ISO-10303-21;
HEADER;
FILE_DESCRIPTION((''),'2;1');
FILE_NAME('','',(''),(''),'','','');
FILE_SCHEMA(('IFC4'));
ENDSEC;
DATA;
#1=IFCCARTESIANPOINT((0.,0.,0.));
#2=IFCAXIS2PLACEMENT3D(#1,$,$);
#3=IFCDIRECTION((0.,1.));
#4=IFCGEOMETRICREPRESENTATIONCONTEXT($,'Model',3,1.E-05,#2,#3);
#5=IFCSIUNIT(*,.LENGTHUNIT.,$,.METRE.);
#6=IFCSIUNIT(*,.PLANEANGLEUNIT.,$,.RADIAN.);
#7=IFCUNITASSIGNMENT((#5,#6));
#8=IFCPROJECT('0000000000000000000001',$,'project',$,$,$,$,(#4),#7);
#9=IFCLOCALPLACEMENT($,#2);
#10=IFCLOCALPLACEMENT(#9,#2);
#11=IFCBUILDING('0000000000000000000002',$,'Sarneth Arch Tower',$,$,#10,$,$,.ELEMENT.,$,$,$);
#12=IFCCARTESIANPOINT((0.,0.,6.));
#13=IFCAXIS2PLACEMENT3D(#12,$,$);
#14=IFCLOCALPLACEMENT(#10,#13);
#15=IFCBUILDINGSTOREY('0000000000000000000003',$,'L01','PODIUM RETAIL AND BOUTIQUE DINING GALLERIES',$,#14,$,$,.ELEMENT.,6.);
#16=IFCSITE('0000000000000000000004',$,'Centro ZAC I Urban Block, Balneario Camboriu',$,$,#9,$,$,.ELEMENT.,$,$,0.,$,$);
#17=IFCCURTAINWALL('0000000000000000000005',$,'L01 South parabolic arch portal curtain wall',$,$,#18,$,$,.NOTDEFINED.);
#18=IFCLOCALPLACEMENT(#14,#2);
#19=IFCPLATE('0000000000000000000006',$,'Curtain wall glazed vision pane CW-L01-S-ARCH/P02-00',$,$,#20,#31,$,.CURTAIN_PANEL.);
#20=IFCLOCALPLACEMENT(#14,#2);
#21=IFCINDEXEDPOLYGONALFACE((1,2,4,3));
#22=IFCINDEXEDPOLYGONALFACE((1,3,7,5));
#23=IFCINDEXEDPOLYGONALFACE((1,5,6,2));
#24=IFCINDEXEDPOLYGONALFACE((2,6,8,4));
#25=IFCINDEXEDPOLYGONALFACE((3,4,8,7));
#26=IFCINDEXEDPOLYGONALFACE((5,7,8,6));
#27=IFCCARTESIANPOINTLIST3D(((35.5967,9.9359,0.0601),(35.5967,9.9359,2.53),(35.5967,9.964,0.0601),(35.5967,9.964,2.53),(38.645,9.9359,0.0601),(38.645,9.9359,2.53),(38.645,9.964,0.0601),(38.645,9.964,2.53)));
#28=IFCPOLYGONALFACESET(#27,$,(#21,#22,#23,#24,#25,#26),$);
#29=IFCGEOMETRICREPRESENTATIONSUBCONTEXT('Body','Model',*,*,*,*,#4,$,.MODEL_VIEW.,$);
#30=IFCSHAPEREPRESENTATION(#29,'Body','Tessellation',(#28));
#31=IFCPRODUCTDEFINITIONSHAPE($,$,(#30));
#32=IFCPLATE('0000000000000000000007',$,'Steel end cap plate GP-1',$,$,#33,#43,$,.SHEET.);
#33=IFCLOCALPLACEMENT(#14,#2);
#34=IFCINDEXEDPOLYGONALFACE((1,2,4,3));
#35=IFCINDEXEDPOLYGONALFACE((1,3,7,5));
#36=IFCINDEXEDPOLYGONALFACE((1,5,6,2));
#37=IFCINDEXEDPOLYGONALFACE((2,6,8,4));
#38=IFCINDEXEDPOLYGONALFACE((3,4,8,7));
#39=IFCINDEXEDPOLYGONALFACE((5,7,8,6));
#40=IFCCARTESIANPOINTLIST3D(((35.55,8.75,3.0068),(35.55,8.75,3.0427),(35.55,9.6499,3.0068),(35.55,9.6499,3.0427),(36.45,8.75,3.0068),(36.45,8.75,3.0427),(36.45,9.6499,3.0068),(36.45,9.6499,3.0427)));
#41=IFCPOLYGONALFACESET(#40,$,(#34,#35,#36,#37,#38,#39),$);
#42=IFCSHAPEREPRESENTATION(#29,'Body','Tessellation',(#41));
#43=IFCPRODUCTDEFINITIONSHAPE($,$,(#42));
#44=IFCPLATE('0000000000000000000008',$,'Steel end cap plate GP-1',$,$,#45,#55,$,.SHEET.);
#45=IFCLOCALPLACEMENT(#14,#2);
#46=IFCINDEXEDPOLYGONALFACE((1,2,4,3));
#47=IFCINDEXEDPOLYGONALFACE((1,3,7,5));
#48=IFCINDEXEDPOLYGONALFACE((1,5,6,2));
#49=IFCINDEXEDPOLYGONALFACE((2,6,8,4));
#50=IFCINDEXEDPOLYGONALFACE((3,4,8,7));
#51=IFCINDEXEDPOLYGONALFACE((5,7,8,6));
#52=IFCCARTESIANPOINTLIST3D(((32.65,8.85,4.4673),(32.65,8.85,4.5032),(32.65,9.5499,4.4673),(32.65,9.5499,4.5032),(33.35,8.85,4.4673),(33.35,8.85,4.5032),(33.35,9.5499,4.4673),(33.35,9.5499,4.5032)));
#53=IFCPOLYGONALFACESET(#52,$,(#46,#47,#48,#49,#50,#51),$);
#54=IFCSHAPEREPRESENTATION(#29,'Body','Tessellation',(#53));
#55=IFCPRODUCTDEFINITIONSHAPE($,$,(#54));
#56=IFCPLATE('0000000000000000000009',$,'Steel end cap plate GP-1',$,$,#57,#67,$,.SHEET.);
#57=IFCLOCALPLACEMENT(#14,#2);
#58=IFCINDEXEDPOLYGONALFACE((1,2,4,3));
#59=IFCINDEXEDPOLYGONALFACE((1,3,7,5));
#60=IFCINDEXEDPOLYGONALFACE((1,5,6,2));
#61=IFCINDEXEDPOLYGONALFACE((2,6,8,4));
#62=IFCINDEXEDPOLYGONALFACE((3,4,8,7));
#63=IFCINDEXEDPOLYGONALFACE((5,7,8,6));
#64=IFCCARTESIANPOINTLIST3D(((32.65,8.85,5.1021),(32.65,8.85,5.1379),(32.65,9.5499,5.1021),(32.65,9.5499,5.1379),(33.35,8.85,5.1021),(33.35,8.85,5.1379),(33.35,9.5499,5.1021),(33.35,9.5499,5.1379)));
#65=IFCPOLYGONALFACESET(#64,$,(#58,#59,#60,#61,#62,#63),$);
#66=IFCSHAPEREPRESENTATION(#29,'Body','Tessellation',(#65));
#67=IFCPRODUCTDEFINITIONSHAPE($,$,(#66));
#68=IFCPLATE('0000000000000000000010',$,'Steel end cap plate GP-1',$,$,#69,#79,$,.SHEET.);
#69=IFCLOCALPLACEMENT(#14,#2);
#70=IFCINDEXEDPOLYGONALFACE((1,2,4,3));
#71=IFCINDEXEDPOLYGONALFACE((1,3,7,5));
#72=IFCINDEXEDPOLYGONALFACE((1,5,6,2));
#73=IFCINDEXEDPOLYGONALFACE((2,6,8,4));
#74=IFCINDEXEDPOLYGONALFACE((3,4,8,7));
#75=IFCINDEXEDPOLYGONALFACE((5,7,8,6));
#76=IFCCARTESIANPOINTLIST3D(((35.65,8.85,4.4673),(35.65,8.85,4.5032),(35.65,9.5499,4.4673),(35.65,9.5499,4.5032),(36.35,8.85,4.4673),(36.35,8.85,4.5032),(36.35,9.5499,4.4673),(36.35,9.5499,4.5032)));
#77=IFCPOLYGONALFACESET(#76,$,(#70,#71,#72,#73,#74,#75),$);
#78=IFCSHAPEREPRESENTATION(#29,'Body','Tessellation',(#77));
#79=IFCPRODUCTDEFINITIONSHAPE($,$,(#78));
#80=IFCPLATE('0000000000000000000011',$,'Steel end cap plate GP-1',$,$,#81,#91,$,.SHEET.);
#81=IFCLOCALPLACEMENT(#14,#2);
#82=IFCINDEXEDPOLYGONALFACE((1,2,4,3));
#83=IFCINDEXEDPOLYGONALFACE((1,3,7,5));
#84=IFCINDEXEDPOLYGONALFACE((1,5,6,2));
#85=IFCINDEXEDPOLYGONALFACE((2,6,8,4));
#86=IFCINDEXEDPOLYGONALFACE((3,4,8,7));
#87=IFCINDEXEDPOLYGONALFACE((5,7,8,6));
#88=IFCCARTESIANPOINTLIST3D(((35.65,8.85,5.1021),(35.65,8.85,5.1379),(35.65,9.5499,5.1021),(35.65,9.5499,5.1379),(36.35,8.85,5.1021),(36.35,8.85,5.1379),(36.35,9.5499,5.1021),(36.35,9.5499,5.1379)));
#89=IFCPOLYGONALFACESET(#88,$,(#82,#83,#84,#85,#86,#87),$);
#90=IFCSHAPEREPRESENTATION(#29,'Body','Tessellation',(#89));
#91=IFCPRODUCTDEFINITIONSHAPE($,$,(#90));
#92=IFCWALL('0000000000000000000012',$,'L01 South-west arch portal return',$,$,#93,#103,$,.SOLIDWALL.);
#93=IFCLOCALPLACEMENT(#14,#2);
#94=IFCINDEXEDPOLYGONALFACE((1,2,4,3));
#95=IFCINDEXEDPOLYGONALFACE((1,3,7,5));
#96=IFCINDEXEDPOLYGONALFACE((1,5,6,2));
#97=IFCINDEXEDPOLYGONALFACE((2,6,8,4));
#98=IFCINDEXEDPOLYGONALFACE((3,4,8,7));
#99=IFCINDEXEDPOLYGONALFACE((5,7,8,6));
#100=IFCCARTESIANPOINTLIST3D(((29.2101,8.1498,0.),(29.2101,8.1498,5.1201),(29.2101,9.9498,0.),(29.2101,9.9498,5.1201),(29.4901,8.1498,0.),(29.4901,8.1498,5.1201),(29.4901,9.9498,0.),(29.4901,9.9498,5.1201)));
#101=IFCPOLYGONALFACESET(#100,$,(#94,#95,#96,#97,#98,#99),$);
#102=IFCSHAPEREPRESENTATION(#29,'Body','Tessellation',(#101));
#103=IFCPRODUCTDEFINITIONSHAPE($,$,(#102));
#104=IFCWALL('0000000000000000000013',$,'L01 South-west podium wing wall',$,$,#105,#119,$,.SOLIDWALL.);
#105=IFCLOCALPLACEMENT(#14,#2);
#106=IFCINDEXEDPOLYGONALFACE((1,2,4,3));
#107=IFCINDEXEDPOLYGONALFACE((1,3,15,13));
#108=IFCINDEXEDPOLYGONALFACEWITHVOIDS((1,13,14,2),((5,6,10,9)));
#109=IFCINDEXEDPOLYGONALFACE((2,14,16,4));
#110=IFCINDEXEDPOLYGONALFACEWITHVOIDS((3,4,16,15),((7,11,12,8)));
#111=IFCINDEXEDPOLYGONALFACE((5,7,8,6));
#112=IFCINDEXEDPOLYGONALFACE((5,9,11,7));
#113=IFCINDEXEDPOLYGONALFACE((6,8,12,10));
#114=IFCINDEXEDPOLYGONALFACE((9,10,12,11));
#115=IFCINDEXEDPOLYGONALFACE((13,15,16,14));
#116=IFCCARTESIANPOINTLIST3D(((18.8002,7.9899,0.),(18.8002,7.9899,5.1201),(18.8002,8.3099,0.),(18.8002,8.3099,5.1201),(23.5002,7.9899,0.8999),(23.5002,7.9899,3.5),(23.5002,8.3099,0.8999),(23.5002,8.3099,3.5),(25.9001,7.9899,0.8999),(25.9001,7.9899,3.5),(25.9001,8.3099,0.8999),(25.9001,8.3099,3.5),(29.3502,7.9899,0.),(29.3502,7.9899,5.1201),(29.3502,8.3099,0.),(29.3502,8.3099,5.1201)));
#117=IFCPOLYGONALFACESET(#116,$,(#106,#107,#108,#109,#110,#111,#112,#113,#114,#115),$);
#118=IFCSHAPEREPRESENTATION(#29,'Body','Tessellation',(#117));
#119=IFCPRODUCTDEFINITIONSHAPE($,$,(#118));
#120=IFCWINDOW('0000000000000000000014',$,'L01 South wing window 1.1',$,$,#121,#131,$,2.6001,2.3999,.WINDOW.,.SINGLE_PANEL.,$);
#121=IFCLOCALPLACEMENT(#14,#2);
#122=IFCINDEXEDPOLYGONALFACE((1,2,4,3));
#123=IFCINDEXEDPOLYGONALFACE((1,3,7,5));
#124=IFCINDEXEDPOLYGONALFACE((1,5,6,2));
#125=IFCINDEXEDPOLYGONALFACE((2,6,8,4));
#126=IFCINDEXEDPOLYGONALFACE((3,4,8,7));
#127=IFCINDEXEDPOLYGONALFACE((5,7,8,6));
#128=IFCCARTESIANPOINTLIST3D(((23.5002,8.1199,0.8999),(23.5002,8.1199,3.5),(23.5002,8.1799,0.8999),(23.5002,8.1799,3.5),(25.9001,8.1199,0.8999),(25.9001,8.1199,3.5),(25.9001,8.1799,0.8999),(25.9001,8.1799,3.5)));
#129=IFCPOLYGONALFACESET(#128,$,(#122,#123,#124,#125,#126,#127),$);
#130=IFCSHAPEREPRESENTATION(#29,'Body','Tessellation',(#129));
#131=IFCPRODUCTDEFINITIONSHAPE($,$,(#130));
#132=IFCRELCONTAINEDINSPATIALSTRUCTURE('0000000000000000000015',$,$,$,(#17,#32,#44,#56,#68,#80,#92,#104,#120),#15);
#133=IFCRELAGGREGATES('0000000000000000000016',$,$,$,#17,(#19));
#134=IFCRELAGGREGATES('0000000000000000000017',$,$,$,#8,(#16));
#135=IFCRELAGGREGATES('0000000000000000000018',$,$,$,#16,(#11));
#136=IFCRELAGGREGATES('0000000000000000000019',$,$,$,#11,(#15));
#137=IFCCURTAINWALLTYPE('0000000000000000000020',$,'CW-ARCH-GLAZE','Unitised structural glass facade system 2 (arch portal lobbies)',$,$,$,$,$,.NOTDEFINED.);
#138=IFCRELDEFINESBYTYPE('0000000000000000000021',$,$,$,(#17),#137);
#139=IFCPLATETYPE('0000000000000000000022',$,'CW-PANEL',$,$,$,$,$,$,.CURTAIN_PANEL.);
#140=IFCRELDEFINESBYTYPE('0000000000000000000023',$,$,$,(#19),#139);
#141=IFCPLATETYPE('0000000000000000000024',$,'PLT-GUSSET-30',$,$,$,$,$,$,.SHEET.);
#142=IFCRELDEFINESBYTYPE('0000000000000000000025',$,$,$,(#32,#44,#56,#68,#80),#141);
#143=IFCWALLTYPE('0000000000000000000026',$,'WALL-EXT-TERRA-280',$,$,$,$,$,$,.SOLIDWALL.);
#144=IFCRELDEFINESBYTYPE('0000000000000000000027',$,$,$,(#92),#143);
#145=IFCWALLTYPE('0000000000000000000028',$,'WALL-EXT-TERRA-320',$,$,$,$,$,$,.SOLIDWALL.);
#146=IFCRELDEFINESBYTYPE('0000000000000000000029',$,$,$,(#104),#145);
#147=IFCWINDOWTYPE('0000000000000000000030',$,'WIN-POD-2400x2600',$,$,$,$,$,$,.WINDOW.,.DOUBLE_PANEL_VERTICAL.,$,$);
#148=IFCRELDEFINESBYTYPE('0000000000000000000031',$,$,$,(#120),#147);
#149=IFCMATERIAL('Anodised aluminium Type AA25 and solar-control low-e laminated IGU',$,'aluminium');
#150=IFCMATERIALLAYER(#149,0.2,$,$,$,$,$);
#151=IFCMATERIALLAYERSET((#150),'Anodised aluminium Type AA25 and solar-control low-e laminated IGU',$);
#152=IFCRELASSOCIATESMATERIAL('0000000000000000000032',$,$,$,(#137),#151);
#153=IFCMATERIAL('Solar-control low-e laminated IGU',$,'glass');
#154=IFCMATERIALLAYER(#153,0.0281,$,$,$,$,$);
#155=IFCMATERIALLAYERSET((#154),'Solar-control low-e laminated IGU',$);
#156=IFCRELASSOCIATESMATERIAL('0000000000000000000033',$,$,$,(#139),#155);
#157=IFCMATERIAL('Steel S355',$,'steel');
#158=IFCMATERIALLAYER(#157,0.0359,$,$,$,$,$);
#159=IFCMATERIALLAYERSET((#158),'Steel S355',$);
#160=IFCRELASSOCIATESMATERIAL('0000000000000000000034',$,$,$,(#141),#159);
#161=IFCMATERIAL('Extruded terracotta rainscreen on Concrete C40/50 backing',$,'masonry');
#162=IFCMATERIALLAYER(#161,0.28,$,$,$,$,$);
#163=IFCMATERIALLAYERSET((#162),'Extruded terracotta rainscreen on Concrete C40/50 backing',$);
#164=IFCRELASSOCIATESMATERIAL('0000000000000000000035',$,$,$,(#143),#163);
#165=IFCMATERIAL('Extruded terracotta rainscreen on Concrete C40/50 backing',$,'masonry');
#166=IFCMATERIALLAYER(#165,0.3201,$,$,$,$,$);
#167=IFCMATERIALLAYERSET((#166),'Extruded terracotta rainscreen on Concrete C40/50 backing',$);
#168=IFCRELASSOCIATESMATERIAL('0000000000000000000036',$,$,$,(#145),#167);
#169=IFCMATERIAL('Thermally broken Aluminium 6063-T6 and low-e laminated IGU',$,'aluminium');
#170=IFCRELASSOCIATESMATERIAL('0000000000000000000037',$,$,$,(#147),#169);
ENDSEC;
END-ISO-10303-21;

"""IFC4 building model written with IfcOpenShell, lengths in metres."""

from ifc_helpers import new_model, si_unit, direction, frame, frame_2d, origin, origin_2d, place, context, subcontext, project, spatial, rectangle, extrude, material, layer, layer_set, type_object, element, fill, aggregate, save


model = new_model("IFC4")

# Units and contexts
model_context = context("Model", 3, precision=1e-05, world=origin(), true_north=direction((0.0, 1.0)))
body_context = subcontext(model_context, "Body", "Model", "MODEL_VIEW")
ifc_project = project(units=[si_unit("LENGTHUNIT", "METRE"), si_unit("PLANEANGLEUNIT", "RADIAN")], contexts=[model_context])

# Site, building, storey
site_placement = place(None, origin())
site = spatial("IfcSite", under=ifc_project, at=site_placement, Name="Centro ZAC I Urban Block, Balneario Camboriu", CompositionType="ELEMENT", RefElevation=0.0)
building_placement = place(site_placement, origin())
building = spatial("IfcBuilding", under=site, at=building_placement, Name="Sarneth Arch Tower", CompositionType="ELEMENT")
storey_placement = place(building_placement, frame((0.0, 0.0, 6.0)))
storey = spatial("IfcBuildingStorey", under=building, at=storey_placement, Name="L01", Description="PODIUM RETAIL AND BOUTIQUE DINING GALLERIES", CompositionType="ELEMENT", Elevation=6.0)

# Curtain wall
ifc_material_1 = material(Name="Anodised aluminium Type AA25 and solar-control low-e laminated IGU", Category="aluminium")
ifc_layer_1 = layer(ifc_material_1, 0.2)
ifc_layer_set_1 = layer_set([ifc_layer_1], Name="Anodised aluminium Type AA25 and solar-control low-e laminated IGU")
curtain_wall_type = type_object("IfcCurtainWallType", Name="CW-ARCH-GLAZE", Description="Unitised structural glass facade system 2 (arch portal lobbies)", PredefinedType="NOTDEFINED", material=ifc_layer_set_1)
curtain_wall_placement = place(storey_placement, origin())
curtain_wall = element("IfcCurtainWall", 1, at=curtain_wall_placement, inside=storey, type_object=curtain_wall_type, Name="L01 South parabolic arch portal curtain wall", PredefinedType="NOTDEFINED")

# Plate
ifc_material_2 = material(Name="Solar-control low-e laminated IGU", Category="glass")
ifc_layer_2 = layer(ifc_material_2, 0.0281)
ifc_layer_set_2 = layer_set([ifc_layer_2], Name="Solar-control low-e laminated IGU")
plate_type_1 = type_object("IfcPlateType", Name="CW-PANEL", PredefinedType="CURTAIN_PANEL", material=ifc_layer_set_2)
plate_1_placement = place(storey_placement, frame((37.1208, 9.95, 0.0601), z_axis=(0.0, 0.0, 1.0), x_axis=(1.0, 0.0, 0.0)))
plate_1 = element("IfcPlate", 2, at=plate_1_placement, type_object=plate_type_1, Name="Curtain wall glazed vision pane CW-L01-S-ARCH/P02-00", PredefinedType="CURTAIN_PANEL", context=body_context, shape_type="SweptSolid", body=[
    extrude(rectangle(XDim=3.0483, YDim=0.0281, at=origin_2d()), origin(), (0.0, 0.0, 1.0), 2.47),
])
aggregate(curtain_wall, [plate_1])

# Plates
ifc_material_3 = material(Name="Steel S355", Category="steel")
ifc_layer_3 = layer(ifc_material_3, 0.0359)
ifc_layer_set_3 = layer_set([ifc_layer_3], Name="Steel S355")
plate_type_2 = type_object("IfcPlateType", Name="PLT-GUSSET-30", PredefinedType="SHEET", material=ifc_layer_set_3)
plate_2_placement = place(storey_placement, frame((36.0, 9.2, 3.0068), z_axis=(0.0, 0.0, 1.0), x_axis=(-1.0, 0.0, 0.0)))
element("IfcPlate", 3, at=plate_2_placement, inside=storey, type_object=plate_type_2, Name="Steel end cap plate GP-1", PredefinedType="SHEET", context=body_context, shape_type="SweptSolid", body=[
    extrude(rectangle(XDim=0.8999, YDim=0.8999, at=origin_2d()), origin(), (0.0, 0.0, 1.0), 0.0359),
])
for number, where, z_axis, x_axis, name in (
    (4, (33.0, 9.2, 4.4673), (0.0, 0.0, 1.0), (1.0, 0.0, 0.0), "Steel end cap plate GP-1"),
    (5, (33.0, 9.2, 5.1021), (0.0, 0.0, 1.0), (1.0, 0.0, 0.0), "Steel end cap plate GP-1"),
    (6, (36.0, 9.2, 4.4673), (0.0, 0.0, 1.0), (1.0, 0.0, 0.0), "Steel end cap plate GP-1"),
    (7, (36.0, 9.2, 5.1021), (0.0, 0.0, 1.0), (1.0, 0.0, 0.0), "Steel end cap plate GP-1"),
):
    element("IfcPlate", number, at=place(storey_placement, frame(where, z_axis=z_axis, x_axis=x_axis)), inside=storey, type_object=plate_type_2, Name=name, PredefinedType="SHEET", context=body_context, shape_type="SweptSolid", body=[
        extrude(rectangle(XDim=0.7, YDim=0.7, at=origin_2d()), origin(), (0.0, 0.0, 1.0), 0.0359),
    ])

# Wall
ifc_material_4 = material(Name="Extruded terracotta rainscreen on Concrete C40/50 backing", Category="masonry")
ifc_layer_4 = layer(ifc_material_4, 0.28)
ifc_layer_set_4 = layer_set([ifc_layer_4], Name="Extruded terracotta rainscreen on Concrete C40/50 backing")
wall_type_1 = type_object("IfcWallType", Name="WALL-EXT-TERRA-280", PredefinedType="SOLIDWALL", material=ifc_layer_set_4)
wall_1_placement = place(storey_placement, frame((29.3501, 8.1499, 0.0), z_axis=(0.0, 0.0, 1.0), x_axis=(0.0, 1.0, 0.0)))
element("IfcWall", 8, at=wall_1_placement, inside=storey, type_object=wall_type_1, Name="L01 South-west arch portal return", PredefinedType="SOLIDWALL", context=body_context, shape_type="SweptSolid", body=[
    extrude(rectangle(XDim=1.8, YDim=0.28, at=frame_2d((0.8999, 0.0))), origin(), (0.0, 0.0, 1.0), 5.1201),
])

# Wall, opening, window
ifc_material_5 = material(Name="Extruded terracotta rainscreen on Concrete C40/50 backing", Category="masonry")
ifc_layer_5 = layer(ifc_material_5, 0.3201)
ifc_layer_set_5 = layer_set([ifc_layer_5], Name="Extruded terracotta rainscreen on Concrete C40/50 backing")
wall_type_2 = type_object("IfcWallType", Name="WALL-EXT-TERRA-320", PredefinedType="SOLIDWALL", material=ifc_layer_set_5)
wall_2_placement = place(storey_placement, frame((29.3501, 8.1499, 0.0), z_axis=(0.0, 0.0, 1.0), x_axis=(-1.0, 0.0, 0.0)))
wall_2 = element("IfcWall", 9, at=wall_2_placement, inside=storey, type_object=wall_type_2, Name="L01 South-west podium wing wall", PredefinedType="SOLIDWALL", context=body_context, shape_type="SweptSolid", body=[
    extrude(rectangle(XDim=10.55, YDim=0.3201, at=frame_2d((5.2749, 0.0))), origin(), (0.0, 0.0, 1.0), 5.1201),
])
opening_placement = place(wall_2_placement, frame((3.45, 0.0, 0.8999)))
opening = element("IfcOpeningElement", 10, at=opening_placement, cuts=wall_2, PredefinedType="OPENING", context=body_context, shape_type="SweptSolid", body=[
    extrude(rectangle(XDim=2.3999, YDim=2.6001, at=frame_2d((1.2, 1.3))), frame((0.0, 0.1699, 0.0), z_axis=(0.0, -1.0, 0.0), x_axis=(1.0, 0.0, 0.0)), (0.0, 0.0, 1.0), 0.3401),
])
ifc_material_6 = material(Name="Thermally broken Aluminium 6063-T6 and low-e laminated IGU", Category="aluminium")
window_type = type_object("IfcWindowType", Name="WIN-POD-2400x2600", PartitioningType="DOUBLE_PANEL_VERTICAL", PredefinedType="WINDOW", material=ifc_material_6)
window_placement = place(opening_placement, origin())
window = element("IfcWindow", 11, at=window_placement, inside=storey, type_object=window_type, Name="L01 South wing window 1.1", OverallHeight=2.6001, OverallWidth=2.3999, PartitioningType="SINGLE_PANEL", PredefinedType="WINDOW", context=body_context, shape_type="SweptSolid", body=[
    extrude(rectangle(XDim=2.3999, YDim=2.6001, at=frame_2d((1.2, 1.3))), frame((0.0, 0.03, 0.0), z_axis=(0.0, -1.0, 0.0), x_axis=(1.0, 0.0, 0.0)), (0.0, 0.0, 1.0), 0.0601),
])
fill(opening, window)

save(model, "model.ifc")
